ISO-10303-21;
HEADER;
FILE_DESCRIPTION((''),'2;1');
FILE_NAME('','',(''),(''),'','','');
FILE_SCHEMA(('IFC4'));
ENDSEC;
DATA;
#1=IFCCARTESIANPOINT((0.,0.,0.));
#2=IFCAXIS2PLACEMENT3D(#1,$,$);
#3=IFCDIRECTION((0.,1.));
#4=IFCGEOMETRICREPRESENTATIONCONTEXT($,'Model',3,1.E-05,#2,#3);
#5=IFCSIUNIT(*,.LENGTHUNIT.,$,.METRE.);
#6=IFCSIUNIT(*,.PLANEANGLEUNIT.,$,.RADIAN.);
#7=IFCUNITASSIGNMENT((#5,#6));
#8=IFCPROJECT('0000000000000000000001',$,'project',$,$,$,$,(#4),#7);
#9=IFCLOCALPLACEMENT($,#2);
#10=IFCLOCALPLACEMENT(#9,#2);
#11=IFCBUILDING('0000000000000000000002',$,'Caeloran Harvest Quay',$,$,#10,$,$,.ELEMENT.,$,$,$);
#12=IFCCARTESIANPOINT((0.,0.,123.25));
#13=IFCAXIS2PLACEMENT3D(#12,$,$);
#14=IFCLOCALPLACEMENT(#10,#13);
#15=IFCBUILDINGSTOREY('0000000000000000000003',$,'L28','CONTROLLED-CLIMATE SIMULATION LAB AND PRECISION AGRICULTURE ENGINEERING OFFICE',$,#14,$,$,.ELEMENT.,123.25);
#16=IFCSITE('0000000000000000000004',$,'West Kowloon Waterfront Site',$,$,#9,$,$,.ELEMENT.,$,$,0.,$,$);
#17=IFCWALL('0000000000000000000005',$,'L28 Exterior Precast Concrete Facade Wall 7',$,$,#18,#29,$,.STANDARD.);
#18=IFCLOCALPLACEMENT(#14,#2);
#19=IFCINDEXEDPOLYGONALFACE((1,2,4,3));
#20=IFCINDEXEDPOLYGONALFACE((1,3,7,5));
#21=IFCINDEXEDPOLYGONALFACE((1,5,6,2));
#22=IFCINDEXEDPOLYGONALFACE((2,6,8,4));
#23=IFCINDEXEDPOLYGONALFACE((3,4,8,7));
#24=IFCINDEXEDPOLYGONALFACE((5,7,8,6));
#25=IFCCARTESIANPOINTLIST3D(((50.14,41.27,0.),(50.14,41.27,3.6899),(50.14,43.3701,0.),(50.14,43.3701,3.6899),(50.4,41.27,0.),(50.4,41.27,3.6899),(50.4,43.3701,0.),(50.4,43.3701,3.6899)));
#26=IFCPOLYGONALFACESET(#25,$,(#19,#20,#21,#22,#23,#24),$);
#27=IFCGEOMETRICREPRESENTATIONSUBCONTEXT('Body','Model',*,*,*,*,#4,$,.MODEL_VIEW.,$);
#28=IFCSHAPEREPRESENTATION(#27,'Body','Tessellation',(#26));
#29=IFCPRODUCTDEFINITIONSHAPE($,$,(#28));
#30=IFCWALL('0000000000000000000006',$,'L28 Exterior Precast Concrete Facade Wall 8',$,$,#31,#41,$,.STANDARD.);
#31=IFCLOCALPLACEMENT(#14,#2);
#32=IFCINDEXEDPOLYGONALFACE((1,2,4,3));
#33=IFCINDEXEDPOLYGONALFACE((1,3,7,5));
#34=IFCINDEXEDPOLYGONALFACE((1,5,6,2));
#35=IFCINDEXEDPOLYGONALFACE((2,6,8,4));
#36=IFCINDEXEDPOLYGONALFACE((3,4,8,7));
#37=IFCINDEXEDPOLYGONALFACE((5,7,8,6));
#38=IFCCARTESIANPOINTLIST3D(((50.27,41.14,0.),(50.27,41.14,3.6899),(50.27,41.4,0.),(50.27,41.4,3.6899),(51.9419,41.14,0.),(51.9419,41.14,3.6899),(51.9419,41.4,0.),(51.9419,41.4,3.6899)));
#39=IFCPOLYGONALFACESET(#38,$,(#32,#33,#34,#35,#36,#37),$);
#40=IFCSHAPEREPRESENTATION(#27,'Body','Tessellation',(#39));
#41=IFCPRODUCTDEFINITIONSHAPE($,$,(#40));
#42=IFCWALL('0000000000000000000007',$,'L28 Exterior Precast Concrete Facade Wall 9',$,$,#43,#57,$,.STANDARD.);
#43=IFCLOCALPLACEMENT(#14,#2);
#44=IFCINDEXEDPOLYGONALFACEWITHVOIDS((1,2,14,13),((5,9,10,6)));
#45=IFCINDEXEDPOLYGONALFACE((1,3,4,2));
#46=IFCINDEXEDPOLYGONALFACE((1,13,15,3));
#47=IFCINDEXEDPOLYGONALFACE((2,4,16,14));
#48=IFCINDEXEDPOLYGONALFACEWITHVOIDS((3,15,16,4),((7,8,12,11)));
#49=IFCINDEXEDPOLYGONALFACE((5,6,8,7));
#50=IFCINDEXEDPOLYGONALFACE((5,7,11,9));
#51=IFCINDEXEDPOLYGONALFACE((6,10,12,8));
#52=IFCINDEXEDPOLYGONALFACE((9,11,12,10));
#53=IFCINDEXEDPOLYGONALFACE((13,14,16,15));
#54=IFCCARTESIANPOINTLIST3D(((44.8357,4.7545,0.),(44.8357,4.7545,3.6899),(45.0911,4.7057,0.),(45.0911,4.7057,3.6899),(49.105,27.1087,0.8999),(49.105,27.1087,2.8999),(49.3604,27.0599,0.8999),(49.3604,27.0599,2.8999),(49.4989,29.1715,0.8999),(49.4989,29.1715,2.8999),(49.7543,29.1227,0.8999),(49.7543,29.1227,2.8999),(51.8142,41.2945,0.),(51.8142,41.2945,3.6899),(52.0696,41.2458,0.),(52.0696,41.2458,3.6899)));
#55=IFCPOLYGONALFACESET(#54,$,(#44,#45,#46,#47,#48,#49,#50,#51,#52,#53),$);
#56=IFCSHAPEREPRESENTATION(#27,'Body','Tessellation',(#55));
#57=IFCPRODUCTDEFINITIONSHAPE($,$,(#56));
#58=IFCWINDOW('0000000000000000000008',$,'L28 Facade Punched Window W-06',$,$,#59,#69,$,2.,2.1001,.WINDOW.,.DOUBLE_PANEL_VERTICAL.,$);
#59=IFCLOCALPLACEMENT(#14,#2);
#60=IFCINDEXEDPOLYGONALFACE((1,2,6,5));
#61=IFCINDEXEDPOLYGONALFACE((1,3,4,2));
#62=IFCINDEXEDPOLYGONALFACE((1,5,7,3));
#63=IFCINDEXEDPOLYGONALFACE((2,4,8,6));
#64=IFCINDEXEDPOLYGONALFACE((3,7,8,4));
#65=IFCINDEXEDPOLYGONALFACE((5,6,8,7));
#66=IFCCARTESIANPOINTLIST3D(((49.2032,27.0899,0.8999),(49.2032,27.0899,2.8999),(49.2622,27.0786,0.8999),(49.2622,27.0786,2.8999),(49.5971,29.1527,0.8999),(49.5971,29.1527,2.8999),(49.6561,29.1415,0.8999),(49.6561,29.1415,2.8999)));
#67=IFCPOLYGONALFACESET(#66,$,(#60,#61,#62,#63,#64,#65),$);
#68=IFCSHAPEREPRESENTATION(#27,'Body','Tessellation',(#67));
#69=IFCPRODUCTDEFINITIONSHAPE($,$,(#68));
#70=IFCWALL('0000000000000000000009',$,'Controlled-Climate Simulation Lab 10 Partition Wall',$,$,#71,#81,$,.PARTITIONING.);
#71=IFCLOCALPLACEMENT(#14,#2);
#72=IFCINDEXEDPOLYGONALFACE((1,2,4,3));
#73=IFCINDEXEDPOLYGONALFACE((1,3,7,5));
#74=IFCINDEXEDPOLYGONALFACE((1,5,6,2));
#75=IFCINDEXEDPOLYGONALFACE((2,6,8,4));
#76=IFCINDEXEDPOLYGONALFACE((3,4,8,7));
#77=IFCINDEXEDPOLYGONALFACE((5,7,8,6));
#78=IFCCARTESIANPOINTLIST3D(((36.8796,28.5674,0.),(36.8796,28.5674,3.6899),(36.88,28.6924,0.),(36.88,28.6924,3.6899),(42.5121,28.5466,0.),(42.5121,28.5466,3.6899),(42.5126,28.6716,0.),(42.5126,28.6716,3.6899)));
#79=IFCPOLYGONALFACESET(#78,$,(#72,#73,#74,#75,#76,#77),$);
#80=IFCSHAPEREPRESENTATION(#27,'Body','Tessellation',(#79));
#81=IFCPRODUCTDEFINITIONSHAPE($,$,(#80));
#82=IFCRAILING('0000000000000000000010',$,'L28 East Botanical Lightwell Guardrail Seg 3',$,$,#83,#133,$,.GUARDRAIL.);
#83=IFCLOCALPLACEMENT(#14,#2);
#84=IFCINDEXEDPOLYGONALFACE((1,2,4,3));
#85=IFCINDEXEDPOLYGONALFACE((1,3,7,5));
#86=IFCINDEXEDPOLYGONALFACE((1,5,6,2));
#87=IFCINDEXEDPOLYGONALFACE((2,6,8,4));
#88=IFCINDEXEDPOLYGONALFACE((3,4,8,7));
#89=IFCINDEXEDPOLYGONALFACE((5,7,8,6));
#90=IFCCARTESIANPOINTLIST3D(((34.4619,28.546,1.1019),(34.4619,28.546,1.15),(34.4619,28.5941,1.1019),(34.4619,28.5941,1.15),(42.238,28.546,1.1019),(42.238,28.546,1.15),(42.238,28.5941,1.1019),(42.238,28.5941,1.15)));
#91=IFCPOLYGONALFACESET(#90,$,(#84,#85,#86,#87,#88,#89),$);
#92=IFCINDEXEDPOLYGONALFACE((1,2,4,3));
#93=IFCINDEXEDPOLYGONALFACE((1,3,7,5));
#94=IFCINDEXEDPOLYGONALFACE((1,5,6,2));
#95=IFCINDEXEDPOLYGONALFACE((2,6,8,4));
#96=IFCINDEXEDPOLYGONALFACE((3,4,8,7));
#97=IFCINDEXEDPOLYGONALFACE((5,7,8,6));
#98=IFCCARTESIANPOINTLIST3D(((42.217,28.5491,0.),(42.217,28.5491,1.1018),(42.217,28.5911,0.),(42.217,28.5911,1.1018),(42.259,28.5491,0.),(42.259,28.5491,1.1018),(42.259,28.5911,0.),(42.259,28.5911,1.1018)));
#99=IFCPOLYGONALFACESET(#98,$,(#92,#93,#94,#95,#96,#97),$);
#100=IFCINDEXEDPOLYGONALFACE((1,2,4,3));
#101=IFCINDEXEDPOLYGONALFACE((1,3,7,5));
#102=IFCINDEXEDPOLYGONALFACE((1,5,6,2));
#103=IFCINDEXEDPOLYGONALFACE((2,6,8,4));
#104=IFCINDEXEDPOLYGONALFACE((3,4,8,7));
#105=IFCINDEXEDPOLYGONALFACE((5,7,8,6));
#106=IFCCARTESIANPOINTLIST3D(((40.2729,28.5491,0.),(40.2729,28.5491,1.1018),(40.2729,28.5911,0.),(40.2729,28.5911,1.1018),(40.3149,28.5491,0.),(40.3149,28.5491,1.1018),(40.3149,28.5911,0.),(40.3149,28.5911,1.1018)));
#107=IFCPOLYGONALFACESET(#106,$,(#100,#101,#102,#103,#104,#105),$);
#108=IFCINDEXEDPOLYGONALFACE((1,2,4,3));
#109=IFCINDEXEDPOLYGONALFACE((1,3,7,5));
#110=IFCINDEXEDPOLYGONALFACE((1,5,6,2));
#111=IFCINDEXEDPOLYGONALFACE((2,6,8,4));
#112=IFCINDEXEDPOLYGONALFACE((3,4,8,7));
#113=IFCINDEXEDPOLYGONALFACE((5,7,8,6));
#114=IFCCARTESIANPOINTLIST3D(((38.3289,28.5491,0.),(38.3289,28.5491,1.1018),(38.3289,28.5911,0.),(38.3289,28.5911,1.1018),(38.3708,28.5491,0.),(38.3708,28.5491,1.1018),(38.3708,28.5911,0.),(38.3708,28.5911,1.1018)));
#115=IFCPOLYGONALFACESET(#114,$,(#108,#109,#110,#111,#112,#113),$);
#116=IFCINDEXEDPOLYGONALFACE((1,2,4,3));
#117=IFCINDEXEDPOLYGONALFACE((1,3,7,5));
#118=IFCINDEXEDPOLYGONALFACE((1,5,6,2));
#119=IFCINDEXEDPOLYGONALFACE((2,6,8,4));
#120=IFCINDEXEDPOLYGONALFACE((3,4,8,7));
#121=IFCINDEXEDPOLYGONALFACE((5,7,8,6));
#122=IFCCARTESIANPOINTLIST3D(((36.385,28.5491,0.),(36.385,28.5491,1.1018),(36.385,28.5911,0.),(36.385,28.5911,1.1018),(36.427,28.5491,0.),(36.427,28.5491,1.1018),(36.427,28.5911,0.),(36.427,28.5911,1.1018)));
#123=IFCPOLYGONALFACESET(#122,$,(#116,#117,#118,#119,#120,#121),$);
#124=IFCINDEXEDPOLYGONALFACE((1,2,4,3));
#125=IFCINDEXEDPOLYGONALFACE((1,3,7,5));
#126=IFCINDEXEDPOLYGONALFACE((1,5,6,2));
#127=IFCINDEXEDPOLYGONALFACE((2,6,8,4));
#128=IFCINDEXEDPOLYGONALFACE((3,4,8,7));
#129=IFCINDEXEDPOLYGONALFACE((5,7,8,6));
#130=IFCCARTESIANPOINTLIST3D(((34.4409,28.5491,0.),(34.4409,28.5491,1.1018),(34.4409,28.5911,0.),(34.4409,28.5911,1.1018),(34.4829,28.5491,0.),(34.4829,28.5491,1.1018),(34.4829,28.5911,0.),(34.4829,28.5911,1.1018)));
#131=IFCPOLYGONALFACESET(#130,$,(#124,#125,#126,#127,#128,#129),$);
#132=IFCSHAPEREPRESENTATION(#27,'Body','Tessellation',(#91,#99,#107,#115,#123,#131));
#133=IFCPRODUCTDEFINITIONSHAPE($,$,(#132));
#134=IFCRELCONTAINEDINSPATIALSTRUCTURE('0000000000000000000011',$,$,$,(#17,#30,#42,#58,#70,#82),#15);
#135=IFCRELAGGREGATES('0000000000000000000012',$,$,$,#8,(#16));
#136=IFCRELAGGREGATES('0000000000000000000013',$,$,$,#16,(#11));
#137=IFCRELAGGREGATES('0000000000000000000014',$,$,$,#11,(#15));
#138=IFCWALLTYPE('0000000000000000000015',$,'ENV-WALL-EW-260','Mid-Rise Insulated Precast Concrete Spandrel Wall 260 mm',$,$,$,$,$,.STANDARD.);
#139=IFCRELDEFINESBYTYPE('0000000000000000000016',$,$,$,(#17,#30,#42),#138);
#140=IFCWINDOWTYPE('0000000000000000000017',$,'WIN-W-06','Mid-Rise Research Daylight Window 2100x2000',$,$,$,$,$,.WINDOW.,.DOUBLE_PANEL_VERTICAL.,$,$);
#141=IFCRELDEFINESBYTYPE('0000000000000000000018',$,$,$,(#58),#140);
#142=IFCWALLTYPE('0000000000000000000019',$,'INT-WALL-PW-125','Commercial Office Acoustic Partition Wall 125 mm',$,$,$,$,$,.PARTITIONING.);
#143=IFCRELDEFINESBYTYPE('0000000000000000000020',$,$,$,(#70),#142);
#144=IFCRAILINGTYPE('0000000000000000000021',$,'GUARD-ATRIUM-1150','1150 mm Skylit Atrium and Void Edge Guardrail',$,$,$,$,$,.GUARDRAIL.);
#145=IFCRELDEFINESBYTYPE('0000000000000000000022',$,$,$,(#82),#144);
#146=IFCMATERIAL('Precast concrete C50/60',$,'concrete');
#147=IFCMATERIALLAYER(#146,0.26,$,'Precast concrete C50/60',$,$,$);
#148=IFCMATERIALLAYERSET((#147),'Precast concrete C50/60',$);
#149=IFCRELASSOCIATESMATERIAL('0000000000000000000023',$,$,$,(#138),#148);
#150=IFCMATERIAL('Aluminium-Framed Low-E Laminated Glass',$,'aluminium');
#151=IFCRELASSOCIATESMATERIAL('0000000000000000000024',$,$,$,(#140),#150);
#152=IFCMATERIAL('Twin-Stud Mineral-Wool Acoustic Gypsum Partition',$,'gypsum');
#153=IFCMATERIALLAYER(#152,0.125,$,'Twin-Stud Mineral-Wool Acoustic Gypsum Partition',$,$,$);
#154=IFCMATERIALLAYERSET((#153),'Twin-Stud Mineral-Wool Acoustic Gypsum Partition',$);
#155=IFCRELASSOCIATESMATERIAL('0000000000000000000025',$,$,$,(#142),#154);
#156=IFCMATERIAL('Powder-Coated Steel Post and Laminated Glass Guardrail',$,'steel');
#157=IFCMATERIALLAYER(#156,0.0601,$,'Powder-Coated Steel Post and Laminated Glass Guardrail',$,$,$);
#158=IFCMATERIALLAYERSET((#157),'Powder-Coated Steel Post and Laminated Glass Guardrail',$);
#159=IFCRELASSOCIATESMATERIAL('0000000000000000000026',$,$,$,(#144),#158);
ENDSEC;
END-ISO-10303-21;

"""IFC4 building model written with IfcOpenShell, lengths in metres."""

from ifc_helpers import new_model, si_unit, direction, frame, frame_2d, origin, origin_2d, place, context, subcontext, project, spatial, rectangle, extrude, material, layer, layer_set, type_object, element, fill, save


model = new_model("IFC4")

# Units and contexts
model_context = context("Model", 3, precision=1e-05, world=origin(), true_north=direction((0.0, 1.0)))
body_context = subcontext(model_context, "Body", "Model", "MODEL_VIEW")
ifc_project = project(units=[si_unit("LENGTHUNIT", "METRE"), si_unit("PLANEANGLEUNIT", "RADIAN")], contexts=[model_context])

# Site, building, storey
site_placement = place(None, origin())
site = spatial("IfcSite", under=ifc_project, at=site_placement, Name="West Kowloon Waterfront Site", CompositionType="ELEMENT", RefElevation=0.0)
building_placement = place(site_placement, origin())
building = spatial("IfcBuilding", under=site, at=building_placement, Name="Caeloran Harvest Quay", CompositionType="ELEMENT")
storey_placement = place(building_placement, frame((0.0, 0.0, 123.25)))
storey = spatial("IfcBuildingStorey", under=building, at=storey_placement, Name="L28", Description="CONTROLLED-CLIMATE SIMULATION LAB AND PRECISION AGRICULTURE ENGINEERING OFFICE", CompositionType="ELEMENT", Elevation=123.25)

# Walls
ifc_material_1 = material(Name="Precast concrete C50/60", Category="concrete")
ifc_layer_1 = layer(ifc_material_1, 0.26, Name="Precast concrete C50/60")
ifc_layer_set_1 = layer_set([ifc_layer_1], Name="Precast concrete C50/60")
wall_type_1 = type_object("IfcWallType", Name="ENV-WALL-EW-260", Description="Mid-Rise Insulated Precast Concrete Spandrel Wall 260 mm", PredefinedType="STANDARD", material=ifc_layer_set_1)
wall_1_placement = place(storey_placement, frame((50.27, 43.3701, 0.0), z_axis=(0.0, 0.0, 1.0), x_axis=(0.0, -1.0, 0.0)))
element("IfcWall", 1, at=wall_1_placement, inside=storey, type_object=wall_type_1, Name="L28 Exterior Precast Concrete Facade Wall 7", PredefinedType="STANDARD", context=body_context, shape_type="SweptSolid", body=[
    extrude(rectangle(XDim=2.1001, YDim=0.26, at=frame_2d((1.05, 0.0))), origin(), (0.0, 0.0, 1.0), 3.6899),
])
wall_2_placement = place(storey_placement, frame((50.27, 41.27, 0.0), z_axis=(0.0, 0.0, 1.0), x_axis=(1.0, 0.0, 0.0)))
element("IfcWall", 2, at=wall_2_placement, inside=storey, type_object=wall_type_1, Name="L28 Exterior Precast Concrete Facade Wall 8", PredefinedType="STANDARD", context=body_context, shape_type="SweptSolid", body=[
    extrude(rectangle(XDim=1.6719, YDim=0.26, at=frame_2d((0.8359, 0.0))), origin(), (0.0, 0.0, 1.0), 3.6899),
])

# Wall, opening, window
wall_3_placement = place(storey_placement, frame((51.9419, 41.27, 0.0), z_axis=(0.0, 0.0, 1.0), x_axis=(-0.187592, -0.982247, 0.0)))
wall_3 = element("IfcWall", 3, at=wall_3_placement, inside=storey, type_object=wall_type_1, Name="L28 Exterior Precast Concrete Facade Wall 9", PredefinedType="STANDARD", context=body_context, shape_type="SweptSolid", body=[
    extrude(rectangle(XDim=37.2004, YDim=0.26, at=frame_2d((18.6001, 0.0))), origin(), (0.0, 0.0, 1.0), 3.6899),
])
opening_placement = place(wall_3_placement, frame((12.342, 0.0, 0.8999)))
opening = element("IfcOpeningElement", 4, at=opening_placement, cuts=wall_3, PredefinedType="OPENING", context=body_context, shape_type="SweptSolid", body=[
    extrude(rectangle(XDim=2.1001, YDim=2.0, at=frame_2d((1.05, 1.0))), frame((0.0, 0.1401, 0.0), z_axis=(0.0, -1.0, 0.0), x_axis=(1.0, 0.0, 0.0)), (0.0, 0.0, 1.0), 0.28),
])
ifc_material_2 = material(Name="Aluminium-Framed Low-E Laminated Glass", Category="aluminium")
window_type = type_object("IfcWindowType", Name="WIN-W-06", Description="Mid-Rise Research Daylight Window 2100x2000", PartitioningType="DOUBLE_PANEL_VERTICAL", PredefinedType="WINDOW", material=ifc_material_2)
window_placement = place(opening_placement, origin())
window = element("IfcWindow", 5, at=window_placement, inside=storey, type_object=window_type, Name="L28 Facade Punched Window W-06", OverallHeight=2.0, OverallWidth=2.1001, PartitioningType="DOUBLE_PANEL_VERTICAL", PredefinedType="WINDOW", context=body_context, shape_type="SweptSolid", body=[
    extrude(rectangle(XDim=2.1001, YDim=2.0, at=frame_2d((1.05, 1.0))), frame((0.0, 0.03, 0.0), z_axis=(0.0, -1.0, 0.0), x_axis=(1.0, 0.0, 0.0)), (0.0, 0.0, 1.0), 0.0601),
])
fill(opening, window)

# Wall
ifc_material_3 = material(Name="Twin-Stud Mineral-Wool Acoustic Gypsum Partition", Category="gypsum")
ifc_layer_2 = layer(ifc_material_3, 0.125, Name="Twin-Stud Mineral-Wool Acoustic Gypsum Partition")
ifc_layer_set_2 = layer_set([ifc_layer_2], Name="Twin-Stud Mineral-Wool Acoustic Gypsum Partition")
wall_type_2 = type_object("IfcWallType", Name="INT-WALL-PW-125", Description="Commercial Office Acoustic Partition Wall 125 mm", PredefinedType="PARTITIONING", material=ifc_layer_set_2)
wall_4_placement = place(storey_placement, frame((42.5125, 28.6091, 0.0), z_axis=(0.0, 0.0, 1.0), x_axis=(-0.999993, 0.003684, 0.0)))
element("IfcWall", 6, at=wall_4_placement, inside=storey, type_object=wall_type_2, Name="Controlled-Climate Simulation Lab 10 Partition Wall", PredefinedType="PARTITIONING", context=body_context, shape_type="SweptSolid", body=[
    extrude(rectangle(XDim=5.6326, YDim=0.125, at=frame_2d((2.8164, 0.0))), origin(), (0.0, 0.0, 1.0), 3.6899),
])

# Railing
ifc_material_4 = material(Name="Powder-Coated Steel Post and Laminated Glass Guardrail", Category="steel")
ifc_layer_3 = layer(ifc_material_4, 0.0601, Name="Powder-Coated Steel Post and Laminated Glass Guardrail")
ifc_layer_set_3 = layer_set([ifc_layer_3], Name="Powder-Coated Steel Post and Laminated Glass Guardrail")
railing_type = type_object("IfcRailingType", Name="GUARD-ATRIUM-1150", Description="1150 mm Skylit Atrium and Void Edge Guardrail", PredefinedType="GUARDRAIL", material=ifc_layer_set_3)
railing_placement = place(storey_placement, frame((42.238, 28.5701, 0.0)))
element("IfcRailing", 7, at=railing_placement, inside=storey, type_object=railing_type, Name="L28 East Botanical Lightwell Guardrail Seg 3", PredefinedType="GUARDRAIL", context=body_context, shape_type="SweptSolid", body=[
    extrude(rectangle(XDim=0.0481, YDim=0.0481, at=origin_2d()), frame((0.0, 0.0, 1.126), z_axis=(-1.0, 0.0, 0.0), x_axis=(0.0, -1.0, 0.0)), (0.0, 0.0, 1.0), 7.7761),
    extrude(rectangle(XDim=0.042, YDim=0.042, at=origin_2d()), origin(), (0.0, 0.0, 1.0), 1.1018),
    extrude(rectangle(XDim=0.042, YDim=0.042, at=origin_2d()), frame((-1.9441, 0.0, 0.0)), (0.0, 0.0, 1.0), 1.1018),
    extrude(rectangle(XDim=0.042, YDim=0.042, at=origin_2d()), frame((-3.8882, 0.0, 0.0)), (0.0, 0.0, 1.0), 1.1018),
    extrude(rectangle(XDim=0.042, YDim=0.042, at=origin_2d()), frame((-5.832, 0.0, 0.0)), (0.0, 0.0, 1.0), 1.1018),
    extrude(rectangle(XDim=0.042, YDim=0.042, at=origin_2d()), frame((-7.7761, 0.0, 0.0)), (0.0, 0.0, 1.0), 1.1018),
])

save(model, "model.ifc")
